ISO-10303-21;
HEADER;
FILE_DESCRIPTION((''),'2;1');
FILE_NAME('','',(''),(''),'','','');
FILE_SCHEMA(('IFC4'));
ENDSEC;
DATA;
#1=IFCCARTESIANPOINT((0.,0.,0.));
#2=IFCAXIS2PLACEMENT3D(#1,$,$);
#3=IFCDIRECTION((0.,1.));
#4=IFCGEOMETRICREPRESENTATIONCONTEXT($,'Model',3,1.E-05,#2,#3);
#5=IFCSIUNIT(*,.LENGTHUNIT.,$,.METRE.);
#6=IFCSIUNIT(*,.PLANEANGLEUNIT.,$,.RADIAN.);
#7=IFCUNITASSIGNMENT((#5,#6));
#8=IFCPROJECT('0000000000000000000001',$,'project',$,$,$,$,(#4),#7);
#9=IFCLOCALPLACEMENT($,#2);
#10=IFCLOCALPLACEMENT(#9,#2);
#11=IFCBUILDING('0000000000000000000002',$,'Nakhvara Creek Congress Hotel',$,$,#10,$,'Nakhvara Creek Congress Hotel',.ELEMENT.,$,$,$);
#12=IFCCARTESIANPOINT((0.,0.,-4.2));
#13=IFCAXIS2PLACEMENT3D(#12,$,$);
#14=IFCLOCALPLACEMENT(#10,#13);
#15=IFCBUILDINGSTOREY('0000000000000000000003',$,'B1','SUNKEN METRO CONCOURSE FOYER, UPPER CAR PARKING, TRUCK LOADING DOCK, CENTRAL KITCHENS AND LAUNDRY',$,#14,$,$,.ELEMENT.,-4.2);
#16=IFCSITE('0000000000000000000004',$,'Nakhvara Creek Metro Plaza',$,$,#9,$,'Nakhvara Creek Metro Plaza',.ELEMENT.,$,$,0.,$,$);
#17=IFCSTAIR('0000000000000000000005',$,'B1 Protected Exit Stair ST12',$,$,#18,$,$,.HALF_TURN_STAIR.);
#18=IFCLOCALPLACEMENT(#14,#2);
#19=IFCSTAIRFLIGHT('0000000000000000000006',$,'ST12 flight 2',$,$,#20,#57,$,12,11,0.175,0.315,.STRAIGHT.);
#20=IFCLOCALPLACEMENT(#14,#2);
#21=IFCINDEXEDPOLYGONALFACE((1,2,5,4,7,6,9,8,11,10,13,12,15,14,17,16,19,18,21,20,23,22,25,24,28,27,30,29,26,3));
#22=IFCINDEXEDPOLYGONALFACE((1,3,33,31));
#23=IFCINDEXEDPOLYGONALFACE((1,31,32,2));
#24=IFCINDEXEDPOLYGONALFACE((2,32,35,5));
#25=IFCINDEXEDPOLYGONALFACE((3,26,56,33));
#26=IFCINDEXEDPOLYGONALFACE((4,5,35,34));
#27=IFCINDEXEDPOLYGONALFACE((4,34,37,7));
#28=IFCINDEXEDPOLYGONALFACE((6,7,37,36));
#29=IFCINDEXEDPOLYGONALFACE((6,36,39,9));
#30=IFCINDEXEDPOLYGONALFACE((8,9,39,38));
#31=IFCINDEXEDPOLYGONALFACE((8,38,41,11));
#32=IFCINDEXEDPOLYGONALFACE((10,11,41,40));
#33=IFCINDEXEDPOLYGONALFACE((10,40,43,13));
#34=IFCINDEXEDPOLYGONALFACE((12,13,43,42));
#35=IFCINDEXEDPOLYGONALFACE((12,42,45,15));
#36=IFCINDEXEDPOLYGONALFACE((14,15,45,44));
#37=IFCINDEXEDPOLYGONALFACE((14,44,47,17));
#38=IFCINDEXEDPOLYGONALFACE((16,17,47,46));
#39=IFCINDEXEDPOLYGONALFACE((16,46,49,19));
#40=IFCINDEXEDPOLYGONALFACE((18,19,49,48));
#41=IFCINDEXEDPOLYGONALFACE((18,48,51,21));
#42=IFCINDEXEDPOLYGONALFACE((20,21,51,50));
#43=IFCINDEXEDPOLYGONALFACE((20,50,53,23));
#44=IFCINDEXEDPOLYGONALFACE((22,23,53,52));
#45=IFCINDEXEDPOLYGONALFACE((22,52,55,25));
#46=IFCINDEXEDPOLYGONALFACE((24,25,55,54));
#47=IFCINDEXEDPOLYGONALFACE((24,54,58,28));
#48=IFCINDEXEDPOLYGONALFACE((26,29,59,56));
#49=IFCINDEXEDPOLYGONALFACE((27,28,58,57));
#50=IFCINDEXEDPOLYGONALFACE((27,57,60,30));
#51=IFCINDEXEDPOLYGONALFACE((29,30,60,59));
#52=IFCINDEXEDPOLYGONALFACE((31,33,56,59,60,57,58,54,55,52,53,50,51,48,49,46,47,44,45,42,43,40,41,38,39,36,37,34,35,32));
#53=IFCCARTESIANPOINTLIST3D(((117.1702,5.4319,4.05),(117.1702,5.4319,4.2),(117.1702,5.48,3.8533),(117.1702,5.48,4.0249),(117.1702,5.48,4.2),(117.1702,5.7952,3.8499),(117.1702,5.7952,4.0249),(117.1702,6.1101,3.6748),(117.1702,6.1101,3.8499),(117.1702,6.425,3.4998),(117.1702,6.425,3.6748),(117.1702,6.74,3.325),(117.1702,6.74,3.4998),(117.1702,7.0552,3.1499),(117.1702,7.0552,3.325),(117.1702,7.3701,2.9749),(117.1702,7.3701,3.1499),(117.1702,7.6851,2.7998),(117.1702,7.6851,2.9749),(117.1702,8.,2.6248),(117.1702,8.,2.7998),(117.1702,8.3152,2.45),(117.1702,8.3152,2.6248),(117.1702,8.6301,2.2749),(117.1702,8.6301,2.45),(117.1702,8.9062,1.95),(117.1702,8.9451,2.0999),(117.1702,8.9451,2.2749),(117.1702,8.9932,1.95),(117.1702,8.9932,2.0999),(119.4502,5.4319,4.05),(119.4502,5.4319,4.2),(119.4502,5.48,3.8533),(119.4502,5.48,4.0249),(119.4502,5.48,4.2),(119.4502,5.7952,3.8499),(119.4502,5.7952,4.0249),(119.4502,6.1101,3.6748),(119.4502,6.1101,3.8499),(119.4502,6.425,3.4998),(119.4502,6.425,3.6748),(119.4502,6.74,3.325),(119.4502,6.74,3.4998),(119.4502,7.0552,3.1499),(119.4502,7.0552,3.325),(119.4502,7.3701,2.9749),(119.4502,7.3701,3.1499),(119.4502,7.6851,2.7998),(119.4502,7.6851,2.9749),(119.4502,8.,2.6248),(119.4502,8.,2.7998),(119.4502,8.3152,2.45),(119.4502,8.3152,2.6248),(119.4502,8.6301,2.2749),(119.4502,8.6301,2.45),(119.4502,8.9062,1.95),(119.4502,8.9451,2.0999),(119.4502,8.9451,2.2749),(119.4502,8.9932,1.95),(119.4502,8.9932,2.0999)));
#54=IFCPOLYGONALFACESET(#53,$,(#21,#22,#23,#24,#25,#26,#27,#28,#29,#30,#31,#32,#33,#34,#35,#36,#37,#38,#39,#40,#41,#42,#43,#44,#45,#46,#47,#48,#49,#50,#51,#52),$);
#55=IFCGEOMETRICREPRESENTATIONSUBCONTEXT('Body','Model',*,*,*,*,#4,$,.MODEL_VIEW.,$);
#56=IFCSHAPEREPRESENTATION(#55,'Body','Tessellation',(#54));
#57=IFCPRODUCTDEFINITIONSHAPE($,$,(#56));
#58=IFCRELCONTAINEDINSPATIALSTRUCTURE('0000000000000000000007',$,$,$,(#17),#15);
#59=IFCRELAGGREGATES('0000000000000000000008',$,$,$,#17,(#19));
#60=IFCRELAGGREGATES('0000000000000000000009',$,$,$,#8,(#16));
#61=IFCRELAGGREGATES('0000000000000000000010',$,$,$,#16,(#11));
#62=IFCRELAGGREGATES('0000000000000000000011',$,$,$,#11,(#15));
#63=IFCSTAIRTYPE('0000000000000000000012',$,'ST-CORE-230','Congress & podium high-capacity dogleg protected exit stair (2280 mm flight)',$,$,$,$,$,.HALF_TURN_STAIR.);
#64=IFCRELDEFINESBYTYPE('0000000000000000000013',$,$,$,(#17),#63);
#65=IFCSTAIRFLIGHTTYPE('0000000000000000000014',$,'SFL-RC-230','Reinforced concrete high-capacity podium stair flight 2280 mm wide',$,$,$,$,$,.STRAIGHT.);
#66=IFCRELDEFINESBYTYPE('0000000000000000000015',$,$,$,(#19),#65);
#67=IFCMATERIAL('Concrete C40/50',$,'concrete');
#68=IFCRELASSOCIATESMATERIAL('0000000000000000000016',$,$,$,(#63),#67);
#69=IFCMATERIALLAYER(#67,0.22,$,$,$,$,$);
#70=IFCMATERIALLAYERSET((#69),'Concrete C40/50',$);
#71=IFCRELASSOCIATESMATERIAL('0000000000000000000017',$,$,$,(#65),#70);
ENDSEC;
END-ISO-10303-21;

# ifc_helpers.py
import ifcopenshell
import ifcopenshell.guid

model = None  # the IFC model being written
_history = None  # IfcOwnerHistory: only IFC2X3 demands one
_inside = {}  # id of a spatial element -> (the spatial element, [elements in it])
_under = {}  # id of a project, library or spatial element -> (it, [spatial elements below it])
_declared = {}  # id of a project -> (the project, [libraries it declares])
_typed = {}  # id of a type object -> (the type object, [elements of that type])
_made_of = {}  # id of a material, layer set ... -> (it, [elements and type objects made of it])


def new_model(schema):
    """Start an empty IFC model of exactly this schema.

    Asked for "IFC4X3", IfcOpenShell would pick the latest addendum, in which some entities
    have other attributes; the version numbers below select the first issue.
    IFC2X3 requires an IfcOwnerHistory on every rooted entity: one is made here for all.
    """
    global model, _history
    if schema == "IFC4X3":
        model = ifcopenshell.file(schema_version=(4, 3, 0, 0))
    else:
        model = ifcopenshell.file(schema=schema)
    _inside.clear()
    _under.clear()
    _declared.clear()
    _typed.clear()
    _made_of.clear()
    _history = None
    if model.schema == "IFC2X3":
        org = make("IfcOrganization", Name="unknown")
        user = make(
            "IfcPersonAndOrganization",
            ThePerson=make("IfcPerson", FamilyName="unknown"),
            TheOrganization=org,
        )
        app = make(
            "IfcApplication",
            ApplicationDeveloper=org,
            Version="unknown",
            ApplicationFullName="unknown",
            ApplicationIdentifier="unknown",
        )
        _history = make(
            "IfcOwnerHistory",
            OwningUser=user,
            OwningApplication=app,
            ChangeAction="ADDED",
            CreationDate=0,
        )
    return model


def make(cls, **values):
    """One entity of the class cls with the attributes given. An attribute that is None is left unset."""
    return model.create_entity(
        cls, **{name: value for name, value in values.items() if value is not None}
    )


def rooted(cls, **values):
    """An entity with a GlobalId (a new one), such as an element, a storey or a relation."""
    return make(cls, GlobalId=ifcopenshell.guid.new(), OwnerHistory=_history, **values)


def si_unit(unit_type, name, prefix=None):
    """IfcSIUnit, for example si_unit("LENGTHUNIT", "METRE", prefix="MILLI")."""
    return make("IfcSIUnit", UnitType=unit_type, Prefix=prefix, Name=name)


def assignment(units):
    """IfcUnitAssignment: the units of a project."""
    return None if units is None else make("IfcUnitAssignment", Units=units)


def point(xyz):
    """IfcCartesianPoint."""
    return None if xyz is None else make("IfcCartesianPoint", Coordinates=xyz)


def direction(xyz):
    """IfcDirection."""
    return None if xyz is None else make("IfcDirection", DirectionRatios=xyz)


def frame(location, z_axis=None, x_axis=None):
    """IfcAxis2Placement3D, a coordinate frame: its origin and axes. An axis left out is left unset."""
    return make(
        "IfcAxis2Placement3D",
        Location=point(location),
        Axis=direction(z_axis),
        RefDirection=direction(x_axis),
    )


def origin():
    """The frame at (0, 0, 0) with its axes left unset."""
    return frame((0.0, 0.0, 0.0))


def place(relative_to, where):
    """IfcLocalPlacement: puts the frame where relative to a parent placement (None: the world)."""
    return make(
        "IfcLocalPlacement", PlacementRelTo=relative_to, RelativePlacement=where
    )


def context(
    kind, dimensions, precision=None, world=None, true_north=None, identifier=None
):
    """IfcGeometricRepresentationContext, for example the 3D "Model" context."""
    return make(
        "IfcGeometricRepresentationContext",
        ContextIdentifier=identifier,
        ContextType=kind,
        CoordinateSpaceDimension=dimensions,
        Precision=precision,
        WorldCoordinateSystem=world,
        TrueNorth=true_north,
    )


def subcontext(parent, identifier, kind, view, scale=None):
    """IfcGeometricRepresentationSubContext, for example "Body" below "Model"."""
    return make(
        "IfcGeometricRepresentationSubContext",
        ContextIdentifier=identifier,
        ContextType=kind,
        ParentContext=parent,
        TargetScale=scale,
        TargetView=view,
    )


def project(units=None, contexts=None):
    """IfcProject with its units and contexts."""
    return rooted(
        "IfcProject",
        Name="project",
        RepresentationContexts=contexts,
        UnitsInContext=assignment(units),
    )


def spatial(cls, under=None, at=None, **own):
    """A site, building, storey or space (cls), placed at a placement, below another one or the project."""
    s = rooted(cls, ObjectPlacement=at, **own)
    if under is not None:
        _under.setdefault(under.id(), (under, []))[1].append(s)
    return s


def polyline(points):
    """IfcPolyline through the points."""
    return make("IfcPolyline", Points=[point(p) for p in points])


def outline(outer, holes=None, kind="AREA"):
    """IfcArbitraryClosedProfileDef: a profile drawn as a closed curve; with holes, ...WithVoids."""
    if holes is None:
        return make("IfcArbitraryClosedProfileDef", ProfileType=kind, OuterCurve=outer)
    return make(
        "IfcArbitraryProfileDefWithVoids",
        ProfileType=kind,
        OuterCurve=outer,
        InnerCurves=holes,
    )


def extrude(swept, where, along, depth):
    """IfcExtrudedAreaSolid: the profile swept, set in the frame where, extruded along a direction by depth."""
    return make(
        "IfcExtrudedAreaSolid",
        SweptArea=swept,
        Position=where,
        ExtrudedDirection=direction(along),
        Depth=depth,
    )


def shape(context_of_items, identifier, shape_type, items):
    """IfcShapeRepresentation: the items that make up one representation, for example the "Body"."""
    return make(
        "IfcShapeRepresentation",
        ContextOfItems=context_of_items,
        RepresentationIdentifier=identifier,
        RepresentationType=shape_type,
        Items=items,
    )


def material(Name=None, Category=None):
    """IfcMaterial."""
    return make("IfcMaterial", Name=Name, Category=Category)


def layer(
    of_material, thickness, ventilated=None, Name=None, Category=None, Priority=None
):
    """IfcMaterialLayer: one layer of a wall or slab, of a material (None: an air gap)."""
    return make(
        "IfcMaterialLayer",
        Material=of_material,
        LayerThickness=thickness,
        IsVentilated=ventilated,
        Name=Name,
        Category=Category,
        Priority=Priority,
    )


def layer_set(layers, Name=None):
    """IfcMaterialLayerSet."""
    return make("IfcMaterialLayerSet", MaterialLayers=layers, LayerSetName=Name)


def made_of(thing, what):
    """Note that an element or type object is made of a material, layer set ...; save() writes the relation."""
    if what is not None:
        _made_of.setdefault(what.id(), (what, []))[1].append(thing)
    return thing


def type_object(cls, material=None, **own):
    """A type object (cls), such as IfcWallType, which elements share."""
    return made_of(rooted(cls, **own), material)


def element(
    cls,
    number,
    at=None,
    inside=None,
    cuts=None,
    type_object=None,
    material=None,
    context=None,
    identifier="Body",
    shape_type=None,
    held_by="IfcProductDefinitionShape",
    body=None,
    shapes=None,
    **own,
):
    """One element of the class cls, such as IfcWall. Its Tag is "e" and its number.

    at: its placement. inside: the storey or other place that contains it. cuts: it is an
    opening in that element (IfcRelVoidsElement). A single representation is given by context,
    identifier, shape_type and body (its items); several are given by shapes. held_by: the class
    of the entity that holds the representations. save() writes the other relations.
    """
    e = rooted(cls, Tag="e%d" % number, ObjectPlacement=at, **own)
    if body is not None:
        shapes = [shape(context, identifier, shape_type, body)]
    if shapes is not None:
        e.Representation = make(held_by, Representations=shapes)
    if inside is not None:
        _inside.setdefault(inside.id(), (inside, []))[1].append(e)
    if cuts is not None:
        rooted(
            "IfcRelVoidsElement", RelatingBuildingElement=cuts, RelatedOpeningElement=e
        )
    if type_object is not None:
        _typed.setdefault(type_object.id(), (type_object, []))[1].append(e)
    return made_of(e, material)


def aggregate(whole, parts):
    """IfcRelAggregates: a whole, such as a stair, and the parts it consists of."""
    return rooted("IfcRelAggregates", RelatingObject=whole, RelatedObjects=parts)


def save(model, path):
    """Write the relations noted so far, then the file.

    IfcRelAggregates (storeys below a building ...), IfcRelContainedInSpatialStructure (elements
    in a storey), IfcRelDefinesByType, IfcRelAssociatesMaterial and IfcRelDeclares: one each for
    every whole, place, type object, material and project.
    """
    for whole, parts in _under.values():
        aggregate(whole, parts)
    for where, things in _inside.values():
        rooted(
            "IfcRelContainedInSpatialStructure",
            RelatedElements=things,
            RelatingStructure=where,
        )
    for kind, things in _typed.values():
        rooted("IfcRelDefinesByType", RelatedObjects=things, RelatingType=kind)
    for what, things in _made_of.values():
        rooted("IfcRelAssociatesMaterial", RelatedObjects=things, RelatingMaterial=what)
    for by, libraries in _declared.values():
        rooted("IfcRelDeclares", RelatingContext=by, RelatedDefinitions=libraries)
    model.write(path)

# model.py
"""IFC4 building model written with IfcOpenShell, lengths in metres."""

from ifc_helpers import new_model, si_unit, direction, frame, origin, place, context, subcontext, project, spatial, polyline, outline, extrude, material, layer, layer_set, type_object, element, aggregate, save


model = new_model("IFC4")

# Units and contexts
model_context = context("Model", 3, precision=1e-05, world=origin(), true_north=direction((0.0, 1.0)))
body_context = subcontext(model_context, "Body", "Model", "MODEL_VIEW")
ifc_project = project(units=[si_unit("LENGTHUNIT", "METRE"), si_unit("PLANEANGLEUNIT", "RADIAN")], contexts=[model_context])

# Site, building, storey
site_placement = place(None, origin())
site = spatial("IfcSite", under=ifc_project, at=site_placement, Name="Nakhvara Creek Metro Plaza", LongName="Nakhvara Creek Metro Plaza", CompositionType="ELEMENT", RefElevation=0.0)
building_placement = place(site_placement, origin())
building = spatial("IfcBuilding", under=site, at=building_placement, Name="Nakhvara Creek Congress Hotel", LongName="Nakhvara Creek Congress Hotel", CompositionType="ELEMENT")
storey_placement = place(building_placement, frame((0.0, 0.0, -4.2)))
storey = spatial("IfcBuildingStorey", under=building, at=storey_placement, Name="B1", Description="SUNKEN METRO CONCOURSE FOYER, UPPER CAR PARKING, TRUCK LOADING DOCK, CENTRAL KITCHENS AND LAUNDRY", CompositionType="ELEMENT", Elevation=-4.2)

# Shared definitions
ifc_material_1 = material(Name="Concrete C40/50", Category="concrete")

# Stair, stair flight
stair_type = type_object("IfcStairType", Name="ST-CORE-230", Description="Congress & podium high-capacity dogleg protected exit stair (2280 mm flight)", PredefinedType="HALF_TURN_STAIR", material=ifc_material_1)
stair_placement = place(storey_placement, origin())
stair = element("IfcStair", 1, at=stair_placement, inside=storey, type_object=stair_type, Name="B1 Protected Exit Stair ST12", PredefinedType="HALF_TURN_STAIR")
ifc_layer_1 = layer(ifc_material_1, 0.22)
ifc_layer_set_1 = layer_set([ifc_layer_1], Name="Concrete C40/50")
stair_flight_type = type_object("IfcStairFlightType", Name="SFL-RC-230", Description="Reinforced concrete high-capacity podium stair flight 2280 mm wide", PredefinedType="STRAIGHT", material=ifc_layer_set_1)
stair_flight_1_placement = place(storey_placement, frame((118.3101, 8.9451, 2.0999), z_axis=(0.0, 0.0, 1.0), x_axis=(0.0, -1.0, 0.0)))
stair_flight_1 = element("IfcStairFlight", 2, at=stair_flight_1_placement, type_object=stair_flight_type, Name="ST12 flight 2", NumberOfRisers=12, NumberOfTreads=11, PredefinedType="STRAIGHT", RiserHeight=0.175, TreadLength=0.315, context=body_context, shape_type="SweptSolid", body=[
    extrude(outline(polyline([(-0.0481, 0.0), (0.0, 0.0), (0.0, 0.175), (0.3149, 0.175), (0.3149, 0.3501), (0.6299, 0.3501), (0.6299, 0.5249), (0.9451, 0.5249), (0.9451, 0.7), (1.26, 0.7), (1.26, 0.875), (1.575, 0.875), (1.575, 1.05), (1.8899, 1.05), (1.8899, 1.2251), (2.2051, 1.2251), (2.2051, 1.3999), (2.52, 1.3999), (2.52, 1.575), (2.835, 1.575), (2.835, 1.75), (3.1499, 1.75), (3.1499, 1.925), (3.4651, 1.925), (3.4651, 2.1001), (3.5132, 2.1001), (3.5132, 1.9502), (3.4651, 1.7534), (0.0388, -0.1499), (-0.0481, -0.1499), (-0.0481, 0.0)])), frame((0.0, 1.1401, 0.0), z_axis=(0.0, -1.0, 0.0), x_axis=(1.0, 0.0, 0.0)), (0.0, 0.0, 1.0), 2.28),
])
aggregate(stair, [stair_flight_1])

save(model, "model.ifc")
